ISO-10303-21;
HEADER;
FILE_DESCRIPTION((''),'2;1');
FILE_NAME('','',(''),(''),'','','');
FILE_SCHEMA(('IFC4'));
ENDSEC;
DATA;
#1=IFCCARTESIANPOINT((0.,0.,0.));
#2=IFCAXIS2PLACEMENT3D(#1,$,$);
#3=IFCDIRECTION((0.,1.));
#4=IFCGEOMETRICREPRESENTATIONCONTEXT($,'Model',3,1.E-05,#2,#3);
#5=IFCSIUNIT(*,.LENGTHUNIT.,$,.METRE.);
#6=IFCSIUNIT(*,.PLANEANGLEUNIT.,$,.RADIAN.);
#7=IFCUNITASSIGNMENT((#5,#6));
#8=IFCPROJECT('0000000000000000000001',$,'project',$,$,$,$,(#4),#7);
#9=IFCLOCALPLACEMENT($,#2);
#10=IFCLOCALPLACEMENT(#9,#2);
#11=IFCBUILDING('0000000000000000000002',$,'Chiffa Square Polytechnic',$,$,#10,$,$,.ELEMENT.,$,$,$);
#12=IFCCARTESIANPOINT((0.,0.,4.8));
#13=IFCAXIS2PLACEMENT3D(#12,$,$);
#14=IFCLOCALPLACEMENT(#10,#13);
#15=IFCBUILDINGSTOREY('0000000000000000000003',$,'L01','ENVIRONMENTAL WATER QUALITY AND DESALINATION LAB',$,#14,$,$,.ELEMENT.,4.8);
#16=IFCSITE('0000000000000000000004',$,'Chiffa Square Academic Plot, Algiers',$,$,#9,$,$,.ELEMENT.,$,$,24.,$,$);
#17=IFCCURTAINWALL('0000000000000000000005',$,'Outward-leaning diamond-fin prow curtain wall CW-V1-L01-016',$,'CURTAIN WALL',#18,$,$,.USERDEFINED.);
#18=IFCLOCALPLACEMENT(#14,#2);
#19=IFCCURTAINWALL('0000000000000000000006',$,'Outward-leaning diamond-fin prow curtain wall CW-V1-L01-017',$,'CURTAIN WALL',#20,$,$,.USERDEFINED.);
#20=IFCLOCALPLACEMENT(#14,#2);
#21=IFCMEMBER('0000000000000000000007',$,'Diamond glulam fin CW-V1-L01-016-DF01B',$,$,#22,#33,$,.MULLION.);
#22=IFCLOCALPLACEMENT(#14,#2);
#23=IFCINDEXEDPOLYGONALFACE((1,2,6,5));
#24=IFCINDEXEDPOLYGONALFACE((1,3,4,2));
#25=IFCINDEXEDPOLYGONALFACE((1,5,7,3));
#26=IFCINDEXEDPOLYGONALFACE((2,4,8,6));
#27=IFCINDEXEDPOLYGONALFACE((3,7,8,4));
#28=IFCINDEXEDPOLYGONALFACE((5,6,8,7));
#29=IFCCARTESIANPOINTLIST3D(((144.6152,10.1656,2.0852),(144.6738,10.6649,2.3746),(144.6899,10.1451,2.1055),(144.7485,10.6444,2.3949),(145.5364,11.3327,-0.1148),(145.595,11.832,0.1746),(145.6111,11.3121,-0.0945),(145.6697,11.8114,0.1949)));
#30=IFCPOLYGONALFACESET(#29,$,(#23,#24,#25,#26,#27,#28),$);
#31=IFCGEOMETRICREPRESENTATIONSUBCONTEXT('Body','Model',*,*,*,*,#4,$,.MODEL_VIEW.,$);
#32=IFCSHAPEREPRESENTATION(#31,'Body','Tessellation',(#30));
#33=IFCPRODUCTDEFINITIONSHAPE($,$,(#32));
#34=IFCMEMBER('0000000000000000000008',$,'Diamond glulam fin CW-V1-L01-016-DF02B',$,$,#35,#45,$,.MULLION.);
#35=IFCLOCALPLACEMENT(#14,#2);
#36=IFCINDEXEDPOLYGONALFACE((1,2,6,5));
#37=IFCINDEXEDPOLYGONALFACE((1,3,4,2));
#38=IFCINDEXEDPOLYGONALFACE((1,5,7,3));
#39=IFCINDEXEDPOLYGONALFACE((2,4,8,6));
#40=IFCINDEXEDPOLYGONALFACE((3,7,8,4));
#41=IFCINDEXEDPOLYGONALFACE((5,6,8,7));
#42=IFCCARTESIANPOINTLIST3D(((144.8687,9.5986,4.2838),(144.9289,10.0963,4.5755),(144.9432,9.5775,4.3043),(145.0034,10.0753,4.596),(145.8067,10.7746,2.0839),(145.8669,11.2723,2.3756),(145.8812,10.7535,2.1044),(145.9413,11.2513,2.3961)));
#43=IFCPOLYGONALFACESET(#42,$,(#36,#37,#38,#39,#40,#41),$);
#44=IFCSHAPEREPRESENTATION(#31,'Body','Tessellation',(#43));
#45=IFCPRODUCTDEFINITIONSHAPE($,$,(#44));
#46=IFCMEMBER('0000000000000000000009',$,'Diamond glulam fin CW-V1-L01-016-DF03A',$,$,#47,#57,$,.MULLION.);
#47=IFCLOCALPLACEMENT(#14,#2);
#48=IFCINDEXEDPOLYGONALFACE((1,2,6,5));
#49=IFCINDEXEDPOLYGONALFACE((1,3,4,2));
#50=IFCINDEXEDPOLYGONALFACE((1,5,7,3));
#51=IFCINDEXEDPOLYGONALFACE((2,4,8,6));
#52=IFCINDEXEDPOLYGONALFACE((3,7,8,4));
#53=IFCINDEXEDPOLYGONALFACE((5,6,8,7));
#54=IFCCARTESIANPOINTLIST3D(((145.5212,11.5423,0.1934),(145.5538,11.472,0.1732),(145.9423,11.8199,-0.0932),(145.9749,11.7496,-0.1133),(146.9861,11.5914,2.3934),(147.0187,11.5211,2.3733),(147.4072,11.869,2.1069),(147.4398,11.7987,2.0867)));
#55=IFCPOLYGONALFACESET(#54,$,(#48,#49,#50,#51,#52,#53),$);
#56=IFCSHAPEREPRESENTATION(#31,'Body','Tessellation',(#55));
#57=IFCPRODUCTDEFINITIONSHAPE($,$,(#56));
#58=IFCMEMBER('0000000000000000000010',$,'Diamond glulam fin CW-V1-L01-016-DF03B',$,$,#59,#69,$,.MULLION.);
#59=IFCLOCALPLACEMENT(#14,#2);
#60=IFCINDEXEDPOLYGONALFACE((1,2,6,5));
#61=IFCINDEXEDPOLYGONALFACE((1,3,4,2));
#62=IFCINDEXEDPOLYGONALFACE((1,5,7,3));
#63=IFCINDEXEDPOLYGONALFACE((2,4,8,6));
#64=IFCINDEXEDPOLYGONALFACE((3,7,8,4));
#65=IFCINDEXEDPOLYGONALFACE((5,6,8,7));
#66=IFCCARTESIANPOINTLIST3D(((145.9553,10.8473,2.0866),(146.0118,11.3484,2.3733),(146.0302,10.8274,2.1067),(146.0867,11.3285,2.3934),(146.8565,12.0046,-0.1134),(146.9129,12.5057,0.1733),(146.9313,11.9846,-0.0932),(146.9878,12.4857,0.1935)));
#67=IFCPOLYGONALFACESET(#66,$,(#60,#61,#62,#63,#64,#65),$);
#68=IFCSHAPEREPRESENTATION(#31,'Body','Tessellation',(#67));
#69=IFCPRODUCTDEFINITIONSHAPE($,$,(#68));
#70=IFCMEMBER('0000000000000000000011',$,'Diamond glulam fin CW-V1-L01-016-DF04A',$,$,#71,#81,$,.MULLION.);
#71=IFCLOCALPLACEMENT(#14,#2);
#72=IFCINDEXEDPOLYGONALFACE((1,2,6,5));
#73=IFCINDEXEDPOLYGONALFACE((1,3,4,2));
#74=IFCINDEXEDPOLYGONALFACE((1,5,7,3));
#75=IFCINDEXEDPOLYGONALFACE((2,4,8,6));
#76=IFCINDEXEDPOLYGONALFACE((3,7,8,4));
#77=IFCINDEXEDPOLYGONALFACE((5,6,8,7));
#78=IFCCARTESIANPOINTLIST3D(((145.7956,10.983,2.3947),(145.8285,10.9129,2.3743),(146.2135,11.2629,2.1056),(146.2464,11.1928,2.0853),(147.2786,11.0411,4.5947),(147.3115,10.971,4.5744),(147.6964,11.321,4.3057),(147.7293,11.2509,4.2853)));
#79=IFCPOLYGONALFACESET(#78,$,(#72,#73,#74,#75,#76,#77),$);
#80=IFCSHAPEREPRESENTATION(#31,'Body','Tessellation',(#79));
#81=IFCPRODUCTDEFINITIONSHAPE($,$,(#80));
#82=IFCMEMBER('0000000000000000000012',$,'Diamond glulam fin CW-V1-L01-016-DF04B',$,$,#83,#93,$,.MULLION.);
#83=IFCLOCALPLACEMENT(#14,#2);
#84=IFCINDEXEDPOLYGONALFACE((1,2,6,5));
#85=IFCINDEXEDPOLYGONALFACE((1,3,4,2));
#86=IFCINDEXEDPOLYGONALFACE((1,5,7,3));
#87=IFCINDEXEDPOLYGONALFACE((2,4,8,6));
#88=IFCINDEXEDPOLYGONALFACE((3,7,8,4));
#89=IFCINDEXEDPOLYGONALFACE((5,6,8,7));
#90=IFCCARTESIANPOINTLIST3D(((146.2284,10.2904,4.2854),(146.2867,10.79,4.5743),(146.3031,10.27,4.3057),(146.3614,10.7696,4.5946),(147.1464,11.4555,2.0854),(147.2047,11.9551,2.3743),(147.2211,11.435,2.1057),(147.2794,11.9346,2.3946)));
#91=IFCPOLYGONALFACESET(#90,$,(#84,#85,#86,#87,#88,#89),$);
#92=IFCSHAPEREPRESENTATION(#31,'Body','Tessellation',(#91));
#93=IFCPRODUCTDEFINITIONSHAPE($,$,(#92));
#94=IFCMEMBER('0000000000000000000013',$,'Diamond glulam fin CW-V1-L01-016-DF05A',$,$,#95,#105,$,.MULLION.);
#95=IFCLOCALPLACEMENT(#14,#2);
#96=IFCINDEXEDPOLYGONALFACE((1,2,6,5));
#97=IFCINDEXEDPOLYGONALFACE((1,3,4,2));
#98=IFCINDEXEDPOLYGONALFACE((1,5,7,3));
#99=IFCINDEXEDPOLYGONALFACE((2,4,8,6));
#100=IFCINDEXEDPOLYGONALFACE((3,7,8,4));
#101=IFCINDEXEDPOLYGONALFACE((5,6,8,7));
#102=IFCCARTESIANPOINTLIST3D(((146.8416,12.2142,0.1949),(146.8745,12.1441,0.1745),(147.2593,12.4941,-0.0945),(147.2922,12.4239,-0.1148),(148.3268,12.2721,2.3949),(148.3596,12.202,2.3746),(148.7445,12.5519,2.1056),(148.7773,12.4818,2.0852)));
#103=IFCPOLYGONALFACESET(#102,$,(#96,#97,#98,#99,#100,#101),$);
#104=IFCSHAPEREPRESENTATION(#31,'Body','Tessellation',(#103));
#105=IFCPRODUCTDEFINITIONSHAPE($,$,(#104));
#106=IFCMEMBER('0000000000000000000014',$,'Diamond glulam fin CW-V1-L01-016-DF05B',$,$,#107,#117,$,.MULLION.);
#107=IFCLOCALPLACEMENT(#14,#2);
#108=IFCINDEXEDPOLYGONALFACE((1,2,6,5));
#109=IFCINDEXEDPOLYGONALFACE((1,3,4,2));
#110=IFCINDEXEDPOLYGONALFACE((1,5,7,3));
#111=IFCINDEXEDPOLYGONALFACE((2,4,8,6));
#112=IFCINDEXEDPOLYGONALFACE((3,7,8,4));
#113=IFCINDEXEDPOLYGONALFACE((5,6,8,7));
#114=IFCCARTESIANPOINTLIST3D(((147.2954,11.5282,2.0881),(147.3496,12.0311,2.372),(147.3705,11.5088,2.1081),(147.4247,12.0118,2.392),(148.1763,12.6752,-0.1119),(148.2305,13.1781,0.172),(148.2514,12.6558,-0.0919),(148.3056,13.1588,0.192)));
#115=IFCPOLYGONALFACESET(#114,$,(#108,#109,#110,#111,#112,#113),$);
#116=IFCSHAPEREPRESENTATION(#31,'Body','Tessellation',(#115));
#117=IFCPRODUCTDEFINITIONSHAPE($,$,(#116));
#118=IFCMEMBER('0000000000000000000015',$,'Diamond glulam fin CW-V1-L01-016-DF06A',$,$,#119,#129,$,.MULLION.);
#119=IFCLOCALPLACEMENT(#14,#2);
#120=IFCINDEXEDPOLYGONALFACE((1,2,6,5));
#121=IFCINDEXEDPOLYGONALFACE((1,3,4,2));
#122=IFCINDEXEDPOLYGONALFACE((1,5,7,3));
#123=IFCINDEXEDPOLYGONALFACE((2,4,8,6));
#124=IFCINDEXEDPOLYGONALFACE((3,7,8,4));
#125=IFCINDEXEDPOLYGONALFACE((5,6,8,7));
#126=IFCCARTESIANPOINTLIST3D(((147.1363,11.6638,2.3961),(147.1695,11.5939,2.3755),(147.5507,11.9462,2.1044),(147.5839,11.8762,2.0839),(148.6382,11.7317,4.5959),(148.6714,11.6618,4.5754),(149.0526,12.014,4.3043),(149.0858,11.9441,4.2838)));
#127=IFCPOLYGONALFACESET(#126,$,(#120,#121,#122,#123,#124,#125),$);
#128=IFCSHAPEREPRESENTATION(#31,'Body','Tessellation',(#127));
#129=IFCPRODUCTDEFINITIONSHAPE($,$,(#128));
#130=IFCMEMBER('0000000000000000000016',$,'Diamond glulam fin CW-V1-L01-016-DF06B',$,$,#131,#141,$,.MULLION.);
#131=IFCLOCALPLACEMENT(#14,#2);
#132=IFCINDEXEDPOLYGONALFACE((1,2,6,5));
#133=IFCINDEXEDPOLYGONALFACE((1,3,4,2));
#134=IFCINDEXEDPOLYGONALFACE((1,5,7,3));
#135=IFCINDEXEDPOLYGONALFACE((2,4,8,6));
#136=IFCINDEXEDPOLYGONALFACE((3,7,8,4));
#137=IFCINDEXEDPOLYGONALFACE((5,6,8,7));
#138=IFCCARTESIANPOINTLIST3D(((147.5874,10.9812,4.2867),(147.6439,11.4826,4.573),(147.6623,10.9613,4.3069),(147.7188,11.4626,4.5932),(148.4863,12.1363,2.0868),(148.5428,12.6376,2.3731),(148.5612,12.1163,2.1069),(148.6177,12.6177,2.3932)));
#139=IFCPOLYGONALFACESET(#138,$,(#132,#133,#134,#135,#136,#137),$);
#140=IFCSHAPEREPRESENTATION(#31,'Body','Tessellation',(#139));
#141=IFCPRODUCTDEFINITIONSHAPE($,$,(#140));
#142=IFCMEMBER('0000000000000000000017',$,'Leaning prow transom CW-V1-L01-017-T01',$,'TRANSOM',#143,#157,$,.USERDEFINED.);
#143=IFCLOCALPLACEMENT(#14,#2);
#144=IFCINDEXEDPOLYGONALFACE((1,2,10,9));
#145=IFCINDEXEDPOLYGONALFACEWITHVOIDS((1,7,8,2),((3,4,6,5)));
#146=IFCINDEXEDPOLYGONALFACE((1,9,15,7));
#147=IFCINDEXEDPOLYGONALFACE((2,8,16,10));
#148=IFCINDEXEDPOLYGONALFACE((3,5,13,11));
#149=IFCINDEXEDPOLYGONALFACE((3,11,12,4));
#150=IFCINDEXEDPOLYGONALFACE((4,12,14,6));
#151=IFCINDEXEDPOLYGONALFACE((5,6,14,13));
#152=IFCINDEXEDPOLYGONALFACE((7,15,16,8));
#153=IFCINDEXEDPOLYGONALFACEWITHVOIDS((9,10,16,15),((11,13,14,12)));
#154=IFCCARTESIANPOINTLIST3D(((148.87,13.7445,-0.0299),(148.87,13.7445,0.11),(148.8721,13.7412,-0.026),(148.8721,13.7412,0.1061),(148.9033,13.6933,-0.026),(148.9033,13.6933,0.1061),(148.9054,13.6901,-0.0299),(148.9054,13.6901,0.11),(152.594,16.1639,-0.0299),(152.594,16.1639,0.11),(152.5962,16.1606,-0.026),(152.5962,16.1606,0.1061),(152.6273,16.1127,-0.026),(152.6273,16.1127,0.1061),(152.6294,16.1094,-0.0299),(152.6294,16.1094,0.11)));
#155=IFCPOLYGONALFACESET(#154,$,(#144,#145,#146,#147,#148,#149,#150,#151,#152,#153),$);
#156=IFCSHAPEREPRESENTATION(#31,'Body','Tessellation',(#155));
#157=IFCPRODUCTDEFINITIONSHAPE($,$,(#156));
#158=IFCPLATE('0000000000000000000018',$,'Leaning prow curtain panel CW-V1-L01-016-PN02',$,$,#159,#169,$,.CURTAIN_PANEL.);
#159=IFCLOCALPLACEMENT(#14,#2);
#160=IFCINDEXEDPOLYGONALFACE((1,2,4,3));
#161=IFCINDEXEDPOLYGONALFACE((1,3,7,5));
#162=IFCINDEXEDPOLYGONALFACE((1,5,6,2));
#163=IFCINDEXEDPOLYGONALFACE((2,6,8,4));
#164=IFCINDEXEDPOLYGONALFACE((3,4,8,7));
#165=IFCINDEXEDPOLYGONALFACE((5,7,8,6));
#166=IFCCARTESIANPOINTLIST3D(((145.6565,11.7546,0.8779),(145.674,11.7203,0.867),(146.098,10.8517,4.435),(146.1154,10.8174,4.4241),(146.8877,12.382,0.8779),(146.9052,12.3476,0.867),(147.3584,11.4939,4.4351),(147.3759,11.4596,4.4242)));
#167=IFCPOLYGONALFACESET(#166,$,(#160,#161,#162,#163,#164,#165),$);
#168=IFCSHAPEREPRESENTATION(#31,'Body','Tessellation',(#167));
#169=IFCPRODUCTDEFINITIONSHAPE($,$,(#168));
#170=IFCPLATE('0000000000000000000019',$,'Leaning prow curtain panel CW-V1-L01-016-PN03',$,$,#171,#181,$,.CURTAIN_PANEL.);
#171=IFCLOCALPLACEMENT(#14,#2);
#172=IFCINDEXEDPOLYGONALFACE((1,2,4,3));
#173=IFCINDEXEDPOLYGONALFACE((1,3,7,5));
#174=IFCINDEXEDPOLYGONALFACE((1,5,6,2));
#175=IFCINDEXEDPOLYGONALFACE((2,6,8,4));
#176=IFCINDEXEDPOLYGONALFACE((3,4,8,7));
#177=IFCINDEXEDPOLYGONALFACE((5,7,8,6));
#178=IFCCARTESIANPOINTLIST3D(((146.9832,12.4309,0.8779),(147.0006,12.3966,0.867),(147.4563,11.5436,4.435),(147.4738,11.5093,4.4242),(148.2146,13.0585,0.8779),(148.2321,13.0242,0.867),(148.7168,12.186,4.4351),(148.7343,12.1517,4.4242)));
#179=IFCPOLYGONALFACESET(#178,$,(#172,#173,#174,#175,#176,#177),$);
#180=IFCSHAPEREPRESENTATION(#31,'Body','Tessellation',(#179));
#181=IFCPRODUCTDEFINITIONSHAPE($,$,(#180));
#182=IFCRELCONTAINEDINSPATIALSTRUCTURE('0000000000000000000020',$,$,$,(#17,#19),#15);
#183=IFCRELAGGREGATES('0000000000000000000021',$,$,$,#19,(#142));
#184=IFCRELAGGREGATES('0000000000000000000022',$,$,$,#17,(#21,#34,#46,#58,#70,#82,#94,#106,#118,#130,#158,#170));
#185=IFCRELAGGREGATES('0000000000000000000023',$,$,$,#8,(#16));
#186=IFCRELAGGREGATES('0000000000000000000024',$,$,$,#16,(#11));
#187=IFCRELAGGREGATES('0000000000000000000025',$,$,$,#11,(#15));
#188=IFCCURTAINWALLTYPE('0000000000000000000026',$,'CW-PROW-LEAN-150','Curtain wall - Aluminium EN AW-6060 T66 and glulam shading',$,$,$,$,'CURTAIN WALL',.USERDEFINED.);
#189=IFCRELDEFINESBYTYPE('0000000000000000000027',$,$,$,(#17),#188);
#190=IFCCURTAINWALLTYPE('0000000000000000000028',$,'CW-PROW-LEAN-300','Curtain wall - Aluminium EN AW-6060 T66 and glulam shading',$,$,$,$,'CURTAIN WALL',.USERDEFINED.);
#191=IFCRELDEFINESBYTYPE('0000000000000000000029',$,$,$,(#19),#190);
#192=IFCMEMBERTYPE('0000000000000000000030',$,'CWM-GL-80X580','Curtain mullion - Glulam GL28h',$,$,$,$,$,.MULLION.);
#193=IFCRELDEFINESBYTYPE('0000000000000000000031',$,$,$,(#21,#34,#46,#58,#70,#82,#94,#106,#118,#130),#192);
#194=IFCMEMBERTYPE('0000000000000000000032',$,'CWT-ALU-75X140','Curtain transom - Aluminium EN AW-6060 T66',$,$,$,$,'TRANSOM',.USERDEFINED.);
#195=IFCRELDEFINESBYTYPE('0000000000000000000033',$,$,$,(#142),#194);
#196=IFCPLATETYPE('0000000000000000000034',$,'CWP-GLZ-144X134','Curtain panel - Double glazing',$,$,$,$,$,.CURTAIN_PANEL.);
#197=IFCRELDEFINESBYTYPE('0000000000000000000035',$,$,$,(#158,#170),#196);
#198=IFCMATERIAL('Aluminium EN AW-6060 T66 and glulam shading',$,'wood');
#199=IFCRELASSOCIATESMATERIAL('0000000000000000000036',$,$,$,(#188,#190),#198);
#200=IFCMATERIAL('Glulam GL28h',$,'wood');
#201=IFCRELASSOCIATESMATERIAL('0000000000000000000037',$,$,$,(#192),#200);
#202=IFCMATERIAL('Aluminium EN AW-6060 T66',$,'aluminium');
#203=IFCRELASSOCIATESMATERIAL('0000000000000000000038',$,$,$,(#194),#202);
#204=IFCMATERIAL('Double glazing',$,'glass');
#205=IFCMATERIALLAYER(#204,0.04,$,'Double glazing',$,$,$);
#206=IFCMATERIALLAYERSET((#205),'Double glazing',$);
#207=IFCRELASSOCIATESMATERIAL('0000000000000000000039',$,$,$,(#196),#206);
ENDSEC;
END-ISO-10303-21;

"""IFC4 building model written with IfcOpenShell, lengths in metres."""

from ifc_helpers import new_model, si_unit, direction, frame, origin, origin_2d, place, context, subcontext, project, spatial, polyline, rectangle, hollow_rectangle, outline, extrude, material, layer, layer_set, material_profile, profile_set, type_object, element, aggregate, save


model = new_model("IFC4")

# Units and contexts
model_context = context("Model", 3, precision=1e-05, world=origin(), true_north=direction((0.0, 1.0)))
body_context = subcontext(model_context, "Body", "Model", "MODEL_VIEW")
ifc_project = project(units=[si_unit("LENGTHUNIT", "METRE"), si_unit("PLANEANGLEUNIT", "RADIAN")], contexts=[model_context])

# Site, building, storey
site_placement = place(None, origin())
site = spatial("IfcSite", under=ifc_project, at=site_placement, Name="Chiffa Square Academic Plot, Algiers", CompositionType="ELEMENT", RefElevation=24.0)
building_placement = place(site_placement, origin())
building = spatial("IfcBuilding", under=site, at=building_placement, Name="Chiffa Square Polytechnic", CompositionType="ELEMENT")
storey_placement = place(building_placement, frame((0.0, 0.0, 4.8)))
storey = spatial("IfcBuildingStorey", under=building, at=storey_placement, Name="L01", Description="ENVIRONMENTAL WATER QUALITY AND DESALINATION LAB", CompositionType="ELEMENT", Elevation=4.8)

# Curtain wall
ifc_material_1 = material(Name="Aluminium EN AW-6060 T66 and glulam shading", Category="wood")
curtain_wall_type_1 = type_object("IfcCurtainWallType", Name="CW-PROW-LEAN-150", Description="Curtain wall - Aluminium EN AW-6060 T66 and glulam shading", ElementType="CURTAIN WALL", PredefinedType="USERDEFINED", material=ifc_material_1)
curtain_wall_1_placement = place(storey_placement, origin())
curtain_wall_1 = element("IfcCurtainWall", 1, at=curtain_wall_1_placement, inside=storey, type_object=curtain_wall_type_1, Name="Outward-leaning diamond-fin prow curtain wall CW-V1-L01-016", ObjectType="CURTAIN WALL", PredefinedType="USERDEFINED")
ifc_material_2 = material(Name="Aluminium EN AW-6060 T66", Category="aluminium")

# Curtain wall
curtain_wall_type_2 = type_object("IfcCurtainWallType", Name="CW-PROW-LEAN-300", Description="Curtain wall - Aluminium EN AW-6060 T66 and glulam shading", ElementType="CURTAIN WALL", PredefinedType="USERDEFINED", material=ifc_material_1)
curtain_wall_2_placement = place(storey_placement, origin())
curtain_wall_2 = element("IfcCurtainWall", 2, at=curtain_wall_2_placement, inside=storey, type_object=curtain_wall_type_2, Name="Outward-leaning diamond-fin prow curtain wall CW-V1-L01-017", ObjectType="CURTAIN WALL", PredefinedType="USERDEFINED")

# Members
ifc_material_3 = material(Name="Glulam GL28h", Category="wood")
ifc_material_profile_1 = material_profile(ifc_material_3, rectangle(XDim=0.0801, YDim=0.5801, at=origin_2d()), Name="GL28h 80x580")
ifc_profile_set_1 = profile_set([ifc_material_profile_1], Name="Glulam GL28h")
member_type_1 = type_object("IfcMemberType", Name="CWM-GL-80X580", Description="Curtain mullion - Glulam GL28h", PredefinedType="MULLION", material=ifc_profile_set_1)
member_1_placement = place(storey_placement, frame((145.603, 11.572, 0.04), z_axis=(-0.346918, -0.43951, 0.82854), x_axis=(0.932437, -0.256792, 0.254203)))
member_1 = element("IfcMember", 3, at=member_1_placement, type_object=member_type_1, Name="Diamond glulam fin CW-V1-L01-016-DF01B", PredefinedType="MULLION", context=body_context, shape_type="SweptSolid", body=[
    extrude(rectangle(XDim=0.0801, YDim=0.5801, at=origin_2d()), origin(), (0.0, 0.0, 1.0), 2.6553),
])
member_2_placement = place(storey_placement, frame((145.874, 11.0129, 2.24), z_axis=(-0.351955, -0.441272, 0.825473), x_axis=(0.930255, -0.262604, 0.256251)))
member_2 = element("IfcMember", 4, at=member_2_placement, type_object=member_type_1, Name="Diamond glulam fin CW-V1-L01-016-DF02B", PredefinedType="MULLION", context=body_context, shape_type="SweptSolid", body=[
    extrude(rectangle(XDim=0.0801, YDim=0.5801, at=origin_2d()), origin(), (0.0, 0.0, 1.0), 2.665),
])
member_3_placement = place(storey_placement, frame((145.748, 11.646, 0.04), z_axis=(0.554136, 0.018564, 0.832219), x_axis=(-0.40744, 0.877857, 0.251713)))
member_3 = element("IfcMember", 5, at=member_3_placement, type_object=member_type_1, Name="Diamond glulam fin CW-V1-L01-016-DF03A", PredefinedType="MULLION", context=body_context, shape_type="SweptSolid", body=[
    extrude(rectangle(XDim=0.0801, YDim=0.5801, at=origin_2d()), origin(), (0.0, 0.0, 1.0), 2.6436),
])
member_4_placement = place(storey_placement, frame((146.9221, 12.2451, 0.04), z_axis=(-0.340812, -0.437673, 0.83204), x_axis=(0.935085, -0.249389, 0.251836)))
member_4 = element("IfcMember", 6, at=member_4_placement, type_object=member_type_1, Name="Diamond glulam fin CW-V1-L01-016-DF03B", PredefinedType="MULLION", context=body_context, shape_type="SweptSolid", body=[
    extrude(rectangle(XDim=0.0801, YDim=0.5801, at=origin_2d()), origin(), (0.0, 0.0, 1.0), 2.644),
])
member_5_placement = place(storey_placement, frame((146.021, 11.0879, 2.24), z_axis=(0.558806, 0.021896, 0.829009), x_axis=(-0.41096, 0.875587, 0.253887)))
member_5 = element("IfcMember", 7, at=member_5_placement, type_object=member_type_1, Name="Diamond glulam fin CW-V1-L01-016-DF04A", PredefinedType="MULLION", context=body_context, shape_type="SweptSolid", body=[
    extrude(rectangle(XDim=0.0801, YDim=0.5801, at=origin_2d()), origin(), (0.0, 0.0, 1.0), 2.6538),
])
member_6_placement = place(storey_placement, frame((147.2129, 11.6951, 2.24), z_axis=(-0.345978, -0.439098, 0.829151), x_axis=(0.93283, -0.255768, 0.253792)))
member_6 = element("IfcMember", 8, at=member_6_placement, type_object=member_type_1, Name="Diamond glulam fin CW-V1-L01-016-DF04B", PredefinedType="MULLION", context=body_context, shape_type="SweptSolid", body=[
    extrude(rectangle(XDim=0.0801, YDim=0.5801, at=origin_2d()), origin(), (0.0, 0.0, 1.0), 2.6533),
])
member_7_placement = place(storey_placement, frame((147.0669, 12.3191, 0.04), z_axis=(0.559376, 0.021794, 0.828627), x_axis=(-0.410592, 0.875685, 0.254144)))
member_7 = element("IfcMember", 9, at=member_7_placement, type_object=member_type_1, Name="Diamond glulam fin CW-V1-L01-016-DF05A", PredefinedType="MULLION", context=body_context, shape_type="SweptSolid", body=[
    extrude(rectangle(XDim=0.0801, YDim=0.5801, at=origin_2d()), origin(), (0.0, 0.0, 1.0), 2.655),
])
member_8_placement = place(storey_placement, frame((148.241, 12.917, 0.04), z_axis=(-0.334581, -0.43566, 0.835617), x_axis=(0.937724, -0.241831, 0.249382)))
member_8 = element("IfcMember", 10, at=member_8_placement, type_object=member_type_1, Name="Diamond glulam fin CW-V1-L01-016-DF05B", PredefinedType="MULLION", context=body_context, shape_type="SweptSolid", body=[
    extrude(rectangle(XDim=0.0801, YDim=0.5801, at=origin_2d()), origin(), (0.0, 0.0, 1.0), 2.6328),
])
member_9_placement = place(storey_placement, frame((147.3601, 11.77, 2.24), z_axis=(0.563663, 0.025471, 0.825612), x_axis=(-0.41466, 0.873178, 0.256159)))
member_9 = element("IfcMember", 11, at=member_9_placement, type_object=member_type_1, Name="Diamond glulam fin CW-V1-L01-016-DF06A", PredefinedType="MULLION", context=body_context, shape_type="SweptSolid", body=[
    extrude(rectangle(XDim=0.0801, YDim=0.5801, at=origin_2d()), origin(), (0.0, 0.0, 1.0), 2.6646),
])
member_10_placement = place(storey_placement, frame((148.552, 12.377, 2.24), z_axis=(-0.340201, -0.437124, 0.832578), x_axis=(0.9353, -0.248951, 0.251469)))
member_10 = element("IfcMember", 12, at=member_10_placement, type_object=member_type_1, Name="Diamond glulam fin CW-V1-L01-016-DF06B", PredefinedType="MULLION", context=body_context, shape_type="SweptSolid", body=[
    extrude(rectangle(XDim=0.0801, YDim=0.5801, at=origin_2d()), origin(), (0.0, 0.0, 1.0), 2.6423),
])
ifc_material_profile_2 = material_profile(ifc_material_2, hollow_rectangle(XDim=0.0649, YDim=0.1399, WallThickness=0.0039, at=origin_2d()), Name="ALU 65x140x4")
ifc_profile_set_2 = profile_set([ifc_material_profile_2], Name="Aluminium EN AW-6060 T66")
member_type_2 = type_object("IfcMemberType", Name="CWT-ALU-75X140", Description="Curtain transom - Aluminium EN AW-6060 T66", ElementType="TRANSOM", PredefinedType="USERDEFINED", material=ifc_profile_set_2)
member_11_placement = place(storey_placement, frame((148.8877, 13.7173, 0.04), z_axis=(0.838572, 0.544791, 0.0), x_axis=(-0.544791, 0.838572, 0.0)))
member_11 = element("IfcMember", 13, at=member_11_placement, type_object=member_type_2, Name="Leaning prow transom CW-V1-L01-017-T01", ObjectType="TRANSOM", PredefinedType="USERDEFINED", context=body_context, shape_type="SweptSolid", body=[
    extrude(hollow_rectangle(XDim=0.0649, YDim=0.1399, WallThickness=0.0039, at=origin_2d()), origin(), (0.0, 0.0, 1.0), 4.4409),
])

# Plates
ifc_material_4 = material(Name="Double glazing", Category="glass")
ifc_layer_1 = layer(ifc_material_4, 0.04, Name="Double glazing")
ifc_layer_set_1 = layer_set([ifc_layer_1], Name="Double glazing")
plate_type_1 = type_object("IfcPlateType", Name="CWP-GLZ-144X134", Description="Curtain panel - Double glazing", PredefinedType="CURTAIN_PANEL", material=ifc_layer_set_1)
plate_1_placement = place(storey_placement, frame((145.6565, 11.7546, 0.8779), z_axis=(-0.436875, 0.857452, 0.271875), x_axis=(0.891011, 0.453981, -0.000023)))
plate_1 = element("IfcPlate", 14, at=plate_1_placement, type_object=plate_type_1, Name="Leaning prow curtain panel CW-V1-L01-016-PN02", PredefinedType="CURTAIN_PANEL", context=body_context, shape_type="SweptSolid", body=[
    extrude(outline(polyline([(0.0, 0.0), (1.3819, 0.0), (1.398, -3.6964), (-0.0167, -3.6963), (0.0, 0.0)])), origin(), (0.0, 0.0, -1.0), 0.04),
])
plate_2_placement = place(storey_placement, frame((146.9832, 12.4309, 0.8779), z_axis=(-0.436961, 0.857374, 0.271984), x_axis=(0.89096, 0.454082, -0.000013)))
plate_2 = element("IfcPlate", 15, at=plate_2_placement, type_object=plate_type_1, Name="Leaning prow curtain panel CW-V1-L01-016-PN03", PredefinedType="CURTAIN_PANEL", context=body_context, shape_type="SweptSolid", body=[
    extrude(outline(polyline([(0.0, 0.0), (1.3822, 0.0), (1.4334, -3.6965), (0.0186, -3.6965), (0.0, 0.0)])), origin(), (0.0, 0.0, -1.0), 0.04),
])
aggregate(curtain_wall_2, [member_11])
aggregate(curtain_wall_1, [member_1, member_2, member_3, member_4, member_5, member_6, member_7, member_8, member_9, member_10, plate_1, plate_2])

save(model, "model.ifc")
